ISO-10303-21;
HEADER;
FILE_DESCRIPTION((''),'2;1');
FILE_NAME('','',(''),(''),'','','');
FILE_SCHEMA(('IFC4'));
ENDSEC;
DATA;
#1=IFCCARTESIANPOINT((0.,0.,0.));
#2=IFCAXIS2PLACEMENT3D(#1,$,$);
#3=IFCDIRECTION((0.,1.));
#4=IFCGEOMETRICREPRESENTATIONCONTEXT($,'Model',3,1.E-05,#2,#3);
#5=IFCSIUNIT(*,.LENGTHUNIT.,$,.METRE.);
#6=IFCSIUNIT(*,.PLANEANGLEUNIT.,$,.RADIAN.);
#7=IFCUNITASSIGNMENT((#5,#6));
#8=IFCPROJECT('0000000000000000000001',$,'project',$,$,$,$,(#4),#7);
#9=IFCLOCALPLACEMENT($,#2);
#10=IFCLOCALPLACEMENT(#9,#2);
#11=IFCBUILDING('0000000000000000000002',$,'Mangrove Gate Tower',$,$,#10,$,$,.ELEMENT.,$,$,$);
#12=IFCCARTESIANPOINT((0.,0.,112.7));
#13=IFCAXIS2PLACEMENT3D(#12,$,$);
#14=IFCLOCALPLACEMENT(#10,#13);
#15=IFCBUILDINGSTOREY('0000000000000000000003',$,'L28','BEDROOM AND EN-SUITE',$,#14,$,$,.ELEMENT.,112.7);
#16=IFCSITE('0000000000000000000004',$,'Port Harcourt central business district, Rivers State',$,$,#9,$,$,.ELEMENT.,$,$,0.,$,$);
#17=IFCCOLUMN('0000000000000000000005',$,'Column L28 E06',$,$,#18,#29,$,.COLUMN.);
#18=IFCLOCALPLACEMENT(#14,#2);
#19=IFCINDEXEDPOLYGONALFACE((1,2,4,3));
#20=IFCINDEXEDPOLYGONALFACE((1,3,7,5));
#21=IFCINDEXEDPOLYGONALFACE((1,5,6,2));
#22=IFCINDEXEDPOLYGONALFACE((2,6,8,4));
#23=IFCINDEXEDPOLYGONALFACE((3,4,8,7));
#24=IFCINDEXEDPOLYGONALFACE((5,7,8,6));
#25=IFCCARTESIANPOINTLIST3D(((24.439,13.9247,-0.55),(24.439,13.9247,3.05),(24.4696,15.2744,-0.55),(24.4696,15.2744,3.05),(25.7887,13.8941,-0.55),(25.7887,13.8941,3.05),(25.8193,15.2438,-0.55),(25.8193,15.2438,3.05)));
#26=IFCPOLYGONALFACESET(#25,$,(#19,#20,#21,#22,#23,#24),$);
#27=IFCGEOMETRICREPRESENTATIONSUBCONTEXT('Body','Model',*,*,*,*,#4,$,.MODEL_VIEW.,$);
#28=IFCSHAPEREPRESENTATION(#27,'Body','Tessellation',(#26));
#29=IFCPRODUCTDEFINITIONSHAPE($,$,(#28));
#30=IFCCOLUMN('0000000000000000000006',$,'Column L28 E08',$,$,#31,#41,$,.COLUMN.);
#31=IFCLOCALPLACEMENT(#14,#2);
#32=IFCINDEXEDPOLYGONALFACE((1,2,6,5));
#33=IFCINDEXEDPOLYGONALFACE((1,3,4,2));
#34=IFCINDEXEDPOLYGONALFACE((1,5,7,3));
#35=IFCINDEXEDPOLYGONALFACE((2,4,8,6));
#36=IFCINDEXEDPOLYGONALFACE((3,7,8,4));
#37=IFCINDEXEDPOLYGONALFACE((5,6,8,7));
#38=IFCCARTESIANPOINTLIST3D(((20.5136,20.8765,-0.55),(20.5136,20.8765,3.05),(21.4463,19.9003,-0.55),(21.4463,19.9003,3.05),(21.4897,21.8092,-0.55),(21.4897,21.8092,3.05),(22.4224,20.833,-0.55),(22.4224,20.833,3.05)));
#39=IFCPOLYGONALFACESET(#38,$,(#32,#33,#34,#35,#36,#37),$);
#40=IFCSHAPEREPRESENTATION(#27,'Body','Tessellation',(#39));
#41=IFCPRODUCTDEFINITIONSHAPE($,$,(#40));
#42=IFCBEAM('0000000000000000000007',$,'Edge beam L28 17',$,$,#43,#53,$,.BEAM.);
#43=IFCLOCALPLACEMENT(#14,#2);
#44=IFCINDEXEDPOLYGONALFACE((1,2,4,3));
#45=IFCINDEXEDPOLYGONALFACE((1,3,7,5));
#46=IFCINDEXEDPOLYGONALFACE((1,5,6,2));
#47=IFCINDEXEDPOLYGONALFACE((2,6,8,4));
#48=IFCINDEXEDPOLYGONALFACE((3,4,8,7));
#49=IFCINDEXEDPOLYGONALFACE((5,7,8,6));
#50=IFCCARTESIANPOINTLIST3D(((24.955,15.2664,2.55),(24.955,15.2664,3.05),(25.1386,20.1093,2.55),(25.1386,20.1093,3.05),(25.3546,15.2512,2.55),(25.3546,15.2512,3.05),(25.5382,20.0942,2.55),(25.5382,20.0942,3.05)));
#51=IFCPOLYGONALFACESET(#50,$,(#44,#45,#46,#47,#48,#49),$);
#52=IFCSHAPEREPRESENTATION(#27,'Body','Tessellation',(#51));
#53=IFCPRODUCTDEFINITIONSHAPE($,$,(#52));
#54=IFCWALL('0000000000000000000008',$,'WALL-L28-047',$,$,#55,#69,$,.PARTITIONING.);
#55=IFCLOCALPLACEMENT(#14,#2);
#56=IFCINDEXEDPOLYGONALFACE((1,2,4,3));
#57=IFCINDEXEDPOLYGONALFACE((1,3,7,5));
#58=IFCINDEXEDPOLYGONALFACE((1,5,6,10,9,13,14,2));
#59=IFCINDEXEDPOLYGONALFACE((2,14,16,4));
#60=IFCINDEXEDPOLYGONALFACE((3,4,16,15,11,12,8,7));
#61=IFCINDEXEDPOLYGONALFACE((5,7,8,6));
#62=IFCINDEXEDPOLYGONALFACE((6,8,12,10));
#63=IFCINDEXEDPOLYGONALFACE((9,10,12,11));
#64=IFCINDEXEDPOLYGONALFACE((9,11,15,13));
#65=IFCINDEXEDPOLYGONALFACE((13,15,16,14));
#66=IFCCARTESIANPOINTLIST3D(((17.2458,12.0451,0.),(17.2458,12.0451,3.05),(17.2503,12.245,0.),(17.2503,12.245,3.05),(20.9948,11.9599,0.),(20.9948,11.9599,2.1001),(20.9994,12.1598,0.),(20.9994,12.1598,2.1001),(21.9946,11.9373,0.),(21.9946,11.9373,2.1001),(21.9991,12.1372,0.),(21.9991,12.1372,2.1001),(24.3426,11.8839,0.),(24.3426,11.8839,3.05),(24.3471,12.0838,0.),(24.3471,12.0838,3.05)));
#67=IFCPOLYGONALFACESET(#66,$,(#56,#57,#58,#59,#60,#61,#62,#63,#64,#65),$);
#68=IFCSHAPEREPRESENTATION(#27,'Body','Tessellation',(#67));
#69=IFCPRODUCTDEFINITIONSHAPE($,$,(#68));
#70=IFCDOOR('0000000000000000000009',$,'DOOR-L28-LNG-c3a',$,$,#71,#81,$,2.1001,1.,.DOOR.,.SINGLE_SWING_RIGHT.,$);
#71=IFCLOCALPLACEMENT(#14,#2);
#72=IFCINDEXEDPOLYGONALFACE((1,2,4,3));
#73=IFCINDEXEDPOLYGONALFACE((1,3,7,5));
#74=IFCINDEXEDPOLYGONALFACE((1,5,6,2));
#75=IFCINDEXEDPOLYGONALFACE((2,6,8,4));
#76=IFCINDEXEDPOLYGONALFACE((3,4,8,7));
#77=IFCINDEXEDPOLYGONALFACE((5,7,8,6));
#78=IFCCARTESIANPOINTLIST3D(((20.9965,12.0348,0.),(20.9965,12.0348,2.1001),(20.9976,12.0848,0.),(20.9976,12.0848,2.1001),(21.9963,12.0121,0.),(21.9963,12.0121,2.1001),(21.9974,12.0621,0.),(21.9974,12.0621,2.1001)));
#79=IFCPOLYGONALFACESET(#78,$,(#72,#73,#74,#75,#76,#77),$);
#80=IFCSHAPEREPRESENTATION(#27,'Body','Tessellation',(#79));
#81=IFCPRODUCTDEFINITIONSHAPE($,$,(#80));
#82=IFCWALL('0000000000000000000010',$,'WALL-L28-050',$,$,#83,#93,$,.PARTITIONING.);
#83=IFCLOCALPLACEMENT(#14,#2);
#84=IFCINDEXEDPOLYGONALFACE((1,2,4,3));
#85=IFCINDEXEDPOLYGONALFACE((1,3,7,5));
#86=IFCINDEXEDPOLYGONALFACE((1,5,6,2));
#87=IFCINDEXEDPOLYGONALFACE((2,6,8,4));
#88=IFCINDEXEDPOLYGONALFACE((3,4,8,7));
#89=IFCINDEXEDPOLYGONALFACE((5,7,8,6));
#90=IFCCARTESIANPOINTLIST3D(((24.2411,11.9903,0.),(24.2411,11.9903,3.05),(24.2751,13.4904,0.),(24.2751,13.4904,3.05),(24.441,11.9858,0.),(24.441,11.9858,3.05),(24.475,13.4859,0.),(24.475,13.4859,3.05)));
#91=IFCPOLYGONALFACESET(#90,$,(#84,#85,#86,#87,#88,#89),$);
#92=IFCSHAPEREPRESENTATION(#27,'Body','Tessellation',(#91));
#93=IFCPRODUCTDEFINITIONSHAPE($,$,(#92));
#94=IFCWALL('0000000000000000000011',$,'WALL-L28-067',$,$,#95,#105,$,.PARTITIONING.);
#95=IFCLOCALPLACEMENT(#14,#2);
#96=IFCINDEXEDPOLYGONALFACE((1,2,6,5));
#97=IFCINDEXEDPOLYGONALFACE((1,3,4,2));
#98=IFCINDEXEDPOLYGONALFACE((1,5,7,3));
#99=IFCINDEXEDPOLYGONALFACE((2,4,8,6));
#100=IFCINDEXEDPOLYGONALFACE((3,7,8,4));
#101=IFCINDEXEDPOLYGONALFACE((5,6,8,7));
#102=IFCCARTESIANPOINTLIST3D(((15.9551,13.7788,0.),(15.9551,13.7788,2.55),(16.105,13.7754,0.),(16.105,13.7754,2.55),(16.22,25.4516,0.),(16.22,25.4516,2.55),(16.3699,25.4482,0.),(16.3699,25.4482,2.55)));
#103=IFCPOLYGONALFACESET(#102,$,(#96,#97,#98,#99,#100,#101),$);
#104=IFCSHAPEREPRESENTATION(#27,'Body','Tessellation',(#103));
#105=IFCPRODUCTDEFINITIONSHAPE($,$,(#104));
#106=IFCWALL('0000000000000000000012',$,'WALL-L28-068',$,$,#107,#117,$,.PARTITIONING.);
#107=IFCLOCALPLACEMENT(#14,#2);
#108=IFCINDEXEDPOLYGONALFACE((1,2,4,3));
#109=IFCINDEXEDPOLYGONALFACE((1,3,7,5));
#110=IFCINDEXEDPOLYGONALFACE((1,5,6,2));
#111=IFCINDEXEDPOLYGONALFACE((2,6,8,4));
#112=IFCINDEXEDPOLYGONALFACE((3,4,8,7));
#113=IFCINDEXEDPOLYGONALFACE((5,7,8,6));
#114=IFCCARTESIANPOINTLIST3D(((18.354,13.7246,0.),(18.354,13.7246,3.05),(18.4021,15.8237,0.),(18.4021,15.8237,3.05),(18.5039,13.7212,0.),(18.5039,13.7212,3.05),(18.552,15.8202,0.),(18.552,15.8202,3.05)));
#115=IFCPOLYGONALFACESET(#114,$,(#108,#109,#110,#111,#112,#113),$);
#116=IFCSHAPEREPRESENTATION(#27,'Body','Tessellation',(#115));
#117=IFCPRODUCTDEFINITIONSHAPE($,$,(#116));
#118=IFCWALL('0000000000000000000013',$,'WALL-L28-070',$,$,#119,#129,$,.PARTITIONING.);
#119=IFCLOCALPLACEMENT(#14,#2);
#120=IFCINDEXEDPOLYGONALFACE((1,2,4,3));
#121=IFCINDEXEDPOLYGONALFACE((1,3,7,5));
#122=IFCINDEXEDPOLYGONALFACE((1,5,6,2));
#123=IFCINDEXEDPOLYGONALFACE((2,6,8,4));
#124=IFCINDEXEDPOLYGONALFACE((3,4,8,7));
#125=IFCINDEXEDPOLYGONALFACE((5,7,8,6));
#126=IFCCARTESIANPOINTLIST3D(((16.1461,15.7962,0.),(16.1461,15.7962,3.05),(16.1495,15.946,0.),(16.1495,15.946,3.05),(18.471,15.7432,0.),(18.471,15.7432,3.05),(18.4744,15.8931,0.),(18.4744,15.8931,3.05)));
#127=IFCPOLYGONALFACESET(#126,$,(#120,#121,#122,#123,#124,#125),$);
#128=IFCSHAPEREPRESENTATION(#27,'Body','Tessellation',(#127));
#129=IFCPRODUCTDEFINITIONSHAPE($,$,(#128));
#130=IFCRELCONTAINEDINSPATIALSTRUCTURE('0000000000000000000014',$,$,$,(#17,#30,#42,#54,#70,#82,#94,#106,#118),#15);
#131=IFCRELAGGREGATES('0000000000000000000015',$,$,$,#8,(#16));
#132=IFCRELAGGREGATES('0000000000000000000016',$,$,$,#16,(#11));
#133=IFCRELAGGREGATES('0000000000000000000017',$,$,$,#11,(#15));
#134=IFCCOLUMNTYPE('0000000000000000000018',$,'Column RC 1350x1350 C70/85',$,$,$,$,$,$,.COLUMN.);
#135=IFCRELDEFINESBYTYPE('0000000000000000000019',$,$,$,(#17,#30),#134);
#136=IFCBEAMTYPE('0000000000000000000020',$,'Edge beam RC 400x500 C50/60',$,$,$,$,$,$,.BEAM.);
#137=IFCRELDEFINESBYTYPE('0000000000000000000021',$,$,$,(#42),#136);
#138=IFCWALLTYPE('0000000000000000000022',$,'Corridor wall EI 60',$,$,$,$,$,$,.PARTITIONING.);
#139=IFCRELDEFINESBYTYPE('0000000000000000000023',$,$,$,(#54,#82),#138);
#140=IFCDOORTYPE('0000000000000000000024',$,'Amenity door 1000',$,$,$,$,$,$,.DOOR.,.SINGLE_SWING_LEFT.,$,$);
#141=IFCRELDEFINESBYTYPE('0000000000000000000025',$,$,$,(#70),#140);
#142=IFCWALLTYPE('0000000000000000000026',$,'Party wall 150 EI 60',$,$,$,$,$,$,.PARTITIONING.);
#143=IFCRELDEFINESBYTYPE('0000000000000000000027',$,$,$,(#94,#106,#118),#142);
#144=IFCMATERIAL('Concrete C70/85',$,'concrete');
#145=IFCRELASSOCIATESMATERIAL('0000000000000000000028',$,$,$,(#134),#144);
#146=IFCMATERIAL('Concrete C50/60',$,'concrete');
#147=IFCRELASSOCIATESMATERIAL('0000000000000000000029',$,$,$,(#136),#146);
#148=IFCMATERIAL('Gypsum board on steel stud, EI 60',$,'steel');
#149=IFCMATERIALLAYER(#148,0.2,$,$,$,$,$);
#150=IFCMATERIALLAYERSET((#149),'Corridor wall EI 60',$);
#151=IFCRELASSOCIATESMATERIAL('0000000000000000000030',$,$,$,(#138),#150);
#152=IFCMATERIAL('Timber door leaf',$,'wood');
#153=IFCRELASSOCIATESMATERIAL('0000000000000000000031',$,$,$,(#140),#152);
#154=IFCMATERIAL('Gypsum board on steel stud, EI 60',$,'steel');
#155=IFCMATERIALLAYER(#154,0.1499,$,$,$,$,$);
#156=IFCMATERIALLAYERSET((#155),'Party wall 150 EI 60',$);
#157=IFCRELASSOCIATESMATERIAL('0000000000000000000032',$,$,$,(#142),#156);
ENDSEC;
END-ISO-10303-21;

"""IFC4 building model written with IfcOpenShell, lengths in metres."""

from ifc_helpers import new_model, si_unit, direction, frame, frame_2d, origin, origin_2d, place, context, subcontext, project, spatial, rectangle, extrude, material, layer, layer_set, material_profile, profile_set, type_object, element, fill, save


model = new_model("IFC4")

# Units and contexts
model_context = context("Model", 3, precision=1e-05, world=origin(), true_north=direction((0.0, 1.0)))
body_context = subcontext(model_context, "Body", "Model", "MODEL_VIEW")
ifc_project = project(units=[si_unit("LENGTHUNIT", "METRE"), si_unit("PLANEANGLEUNIT", "RADIAN")], contexts=[model_context])

# Site, building, storey
site_placement = place(None, origin())
site = spatial("IfcSite", under=ifc_project, at=site_placement, Name="Port Harcourt central business district, Rivers State", CompositionType="ELEMENT", RefElevation=0.0)
building_placement = place(site_placement, origin())
building = spatial("IfcBuilding", under=site, at=building_placement, Name="Mangrove Gate Tower", CompositionType="ELEMENT")
storey_placement = place(building_placement, frame((0.0, 0.0, 112.7)))
storey = spatial("IfcBuildingStorey", under=building, at=storey_placement, Name="L28", Description="BEDROOM AND EN-SUITE", CompositionType="ELEMENT", Elevation=112.7)

# Columns
ifc_material_1 = material(Name="Concrete C70/85", Category="concrete")
ifc_material_profile_1 = material_profile(ifc_material_1, rectangle(XDim=1.3501, YDim=1.3501, at=origin_2d()))
ifc_profile_set_1 = profile_set([ifc_material_profile_1], Name="Concrete C70/85")
column_type = type_object("IfcColumnType", Name="Column RC 1350x1350 C70/85", PredefinedType="COLUMN", material=ifc_profile_set_1)
for number, where, z_axis, x_axis, name in (
    (1, (25.1292, 14.5842, -0.55), (0.0, 0.0, 1.0), (0.022665, 0.999743, 0.0), "Column L28 E06"),
    (2, (21.468, 20.8547, -0.55), (0.0, 0.0, 1.0), (-0.690837, 0.72301, 0.0), "Column L28 E08"),
):
    element("IfcColumn", number, at=place(storey_placement, frame(where, z_axis=z_axis, x_axis=x_axis)), inside=storey, type_object=column_type, Name=name, PredefinedType="COLUMN", context=body_context, shape_type="SweptSolid", body=[
        extrude(rectangle(XDim=1.3501, YDim=1.3501, at=origin_2d()), origin(), (0.0, 0.0, 1.0), 3.6001),
    ])

# Beam
ifc_material_2 = material(Name="Concrete C50/60", Category="concrete")
ifc_material_profile_2 = material_profile(ifc_material_2, rectangle(XDim=0.3999, YDim=0.5, at=origin_2d()))
ifc_profile_set_2 = profile_set([ifc_material_profile_2], Name="Concrete C50/60")
beam_type = type_object("IfcBeamType", Name="Edge beam RC 400x500 C50/60", PredefinedType="BEAM", material=ifc_profile_set_2)
beam_placement = place(storey_placement, frame((25.1548, 15.2588, 2.8), z_axis=(0.037882, 0.999282, 0.0), x_axis=(-0.999282, 0.037882, 0.0)))
element("IfcBeam", 3, at=beam_placement, inside=storey, type_object=beam_type, Name="Edge beam L28 17", PredefinedType="BEAM", context=body_context, shape_type="SweptSolid", body=[
    extrude(rectangle(XDim=0.3999, YDim=0.5, at=origin_2d()), origin(), (0.0, 0.0, 1.0), 4.8464),
])

# Wall, opening, door
ifc_material_3 = material(Name="Gypsum board on steel stud, EI 60", Category="steel")
ifc_layer_1 = layer(ifc_material_3, 0.2)
ifc_layer_set_1 = layer_set([ifc_layer_1], Name="Corridor wall EI 60")
wall_type_1 = type_object("IfcWallType", Name="Corridor wall EI 60", PredefinedType="PARTITIONING", material=ifc_layer_set_1)
wall_1_placement = place(storey_placement, frame((17.248, 12.145, 0.0), z_axis=(0.0, 0.0, 1.0), x_axis=(0.999742, -0.022699, 0.0)))
wall_1 = element("IfcWall", 4, at=wall_1_placement, inside=storey, type_object=wall_type_1, Name="WALL-L28-047", PredefinedType="PARTITIONING", context=body_context, shape_type="SweptSolid", body=[
    extrude(rectangle(XDim=7.0986, YDim=0.2, at=frame_2d((3.5493, 0.0))), origin(), (0.0, 0.0, 1.0), 3.05),
])
opening_placement = place(wall_1_placement, frame((3.75, 0.0, 0.0)))
opening = element("IfcOpeningElement", 5, at=opening_placement, cuts=wall_1, PredefinedType="OPENING", context=body_context, shape_type="SweptSolid", body=[
    extrude(rectangle(XDim=1.0, YDim=2.1001, at=frame_2d((0.5, 1.05))), frame((0.0, 0.1099, 0.0), z_axis=(0.0, -1.0, 0.0), x_axis=(1.0, 0.0, 0.0)), (0.0, 0.0, 1.0), 0.22),
])
ifc_material_4 = material(Name="Timber door leaf", Category="wood")
door_type = type_object("IfcDoorType", Name="Amenity door 1000", OperationType="SINGLE_SWING_LEFT", PredefinedType="DOOR", material=ifc_material_4)
door_placement = place(opening_placement, origin())
door = element("IfcDoor", 6, at=door_placement, inside=storey, type_object=door_type, Name="DOOR-L28-LNG-c3a", OperationType="SINGLE_SWING_RIGHT", OverallHeight=2.1001, OverallWidth=1.0, PredefinedType="DOOR", context=body_context, shape_type="SweptSolid", body=[
    extrude(rectangle(XDim=1.0, YDim=2.1001, at=frame_2d((0.5, 1.05))), frame((0.0, 0.0249, 0.0), z_axis=(0.0, -1.0, 0.0), x_axis=(1.0, 0.0, 0.0)), (0.0, 0.0, 1.0), 0.05),
])
fill(opening, door)

# Walls
wall_2_placement = place(storey_placement, frame((24.3411, 11.988, 0.0), z_axis=(0.0, 0.0, 1.0), x_axis=(0.022618, 0.999744, 0.0)))
element("IfcWall", 7, at=wall_2_placement, inside=storey, type_object=wall_type_1, Name="WALL-L28-050", PredefinedType="PARTITIONING", context=body_context, shape_type="SweptSolid", body=[
    extrude(rectangle(XDim=1.5005, YDim=0.2, at=frame_2d((0.7502, 0.0))), origin(), (0.0, 0.0, 1.0), 3.05),
])
ifc_material_5 = material(Name="Gypsum board on steel stud, EI 60", Category="steel")
ifc_layer_2 = layer(ifc_material_5, 0.1499)
ifc_layer_set_2 = layer_set([ifc_layer_2], Name="Party wall 150 EI 60")
wall_type_2 = type_object("IfcWallType", Name="Party wall 150 EI 60", PredefinedType="PARTITIONING", material=ifc_layer_set_2)
wall_3_placement = place(storey_placement, frame((16.03, 13.7771, 0.0), z_axis=(0.0, 0.0, 1.0), x_axis=(0.022687, 0.999743, 0.0)))
element("IfcWall", 8, at=wall_3_placement, inside=storey, type_object=wall_type_2, Name="WALL-L28-067", PredefinedType="PARTITIONING", context=body_context, shape_type="SweptSolid", body=[
    extrude(rectangle(XDim=11.6758, YDim=0.1499, at=frame_2d((5.8379, 0.0))), origin(), (0.0, 0.0, 1.0), 2.55),
])
wall_4_placement = place(storey_placement, frame((18.429, 13.7229, 0.0), z_axis=(0.0, 0.0, 1.0), x_axis=(0.022906, 0.999738, 0.0)))
element("IfcWall", 9, at=wall_4_placement, inside=storey, type_object=wall_type_2, Name="WALL-L28-068", PredefinedType="PARTITIONING", context=body_context, shape_type="SweptSolid", body=[
    extrude(rectangle(XDim=2.0996, YDim=0.1499, at=frame_2d((1.0498, 0.0))), origin(), (0.0, 0.0, 1.0), 3.05),
])
wall_5_placement = place(storey_placement, frame((16.1479, 15.8711, 0.0), z_axis=(0.0, 0.0, 1.0), x_axis=(0.99974, -0.022781, 0.0)))
element("IfcWall", 10, at=wall_5_placement, inside=storey, type_object=wall_type_2, Name="WALL-L28-070", PredefinedType="PARTITIONING", context=body_context, shape_type="SweptSolid", body=[
    extrude(rectangle(XDim=2.3254, YDim=0.1499, at=frame_2d((1.1626, 0.0))), origin(), (0.0, 0.0, 1.0), 3.05),
])

save(model, "model.ifc")
